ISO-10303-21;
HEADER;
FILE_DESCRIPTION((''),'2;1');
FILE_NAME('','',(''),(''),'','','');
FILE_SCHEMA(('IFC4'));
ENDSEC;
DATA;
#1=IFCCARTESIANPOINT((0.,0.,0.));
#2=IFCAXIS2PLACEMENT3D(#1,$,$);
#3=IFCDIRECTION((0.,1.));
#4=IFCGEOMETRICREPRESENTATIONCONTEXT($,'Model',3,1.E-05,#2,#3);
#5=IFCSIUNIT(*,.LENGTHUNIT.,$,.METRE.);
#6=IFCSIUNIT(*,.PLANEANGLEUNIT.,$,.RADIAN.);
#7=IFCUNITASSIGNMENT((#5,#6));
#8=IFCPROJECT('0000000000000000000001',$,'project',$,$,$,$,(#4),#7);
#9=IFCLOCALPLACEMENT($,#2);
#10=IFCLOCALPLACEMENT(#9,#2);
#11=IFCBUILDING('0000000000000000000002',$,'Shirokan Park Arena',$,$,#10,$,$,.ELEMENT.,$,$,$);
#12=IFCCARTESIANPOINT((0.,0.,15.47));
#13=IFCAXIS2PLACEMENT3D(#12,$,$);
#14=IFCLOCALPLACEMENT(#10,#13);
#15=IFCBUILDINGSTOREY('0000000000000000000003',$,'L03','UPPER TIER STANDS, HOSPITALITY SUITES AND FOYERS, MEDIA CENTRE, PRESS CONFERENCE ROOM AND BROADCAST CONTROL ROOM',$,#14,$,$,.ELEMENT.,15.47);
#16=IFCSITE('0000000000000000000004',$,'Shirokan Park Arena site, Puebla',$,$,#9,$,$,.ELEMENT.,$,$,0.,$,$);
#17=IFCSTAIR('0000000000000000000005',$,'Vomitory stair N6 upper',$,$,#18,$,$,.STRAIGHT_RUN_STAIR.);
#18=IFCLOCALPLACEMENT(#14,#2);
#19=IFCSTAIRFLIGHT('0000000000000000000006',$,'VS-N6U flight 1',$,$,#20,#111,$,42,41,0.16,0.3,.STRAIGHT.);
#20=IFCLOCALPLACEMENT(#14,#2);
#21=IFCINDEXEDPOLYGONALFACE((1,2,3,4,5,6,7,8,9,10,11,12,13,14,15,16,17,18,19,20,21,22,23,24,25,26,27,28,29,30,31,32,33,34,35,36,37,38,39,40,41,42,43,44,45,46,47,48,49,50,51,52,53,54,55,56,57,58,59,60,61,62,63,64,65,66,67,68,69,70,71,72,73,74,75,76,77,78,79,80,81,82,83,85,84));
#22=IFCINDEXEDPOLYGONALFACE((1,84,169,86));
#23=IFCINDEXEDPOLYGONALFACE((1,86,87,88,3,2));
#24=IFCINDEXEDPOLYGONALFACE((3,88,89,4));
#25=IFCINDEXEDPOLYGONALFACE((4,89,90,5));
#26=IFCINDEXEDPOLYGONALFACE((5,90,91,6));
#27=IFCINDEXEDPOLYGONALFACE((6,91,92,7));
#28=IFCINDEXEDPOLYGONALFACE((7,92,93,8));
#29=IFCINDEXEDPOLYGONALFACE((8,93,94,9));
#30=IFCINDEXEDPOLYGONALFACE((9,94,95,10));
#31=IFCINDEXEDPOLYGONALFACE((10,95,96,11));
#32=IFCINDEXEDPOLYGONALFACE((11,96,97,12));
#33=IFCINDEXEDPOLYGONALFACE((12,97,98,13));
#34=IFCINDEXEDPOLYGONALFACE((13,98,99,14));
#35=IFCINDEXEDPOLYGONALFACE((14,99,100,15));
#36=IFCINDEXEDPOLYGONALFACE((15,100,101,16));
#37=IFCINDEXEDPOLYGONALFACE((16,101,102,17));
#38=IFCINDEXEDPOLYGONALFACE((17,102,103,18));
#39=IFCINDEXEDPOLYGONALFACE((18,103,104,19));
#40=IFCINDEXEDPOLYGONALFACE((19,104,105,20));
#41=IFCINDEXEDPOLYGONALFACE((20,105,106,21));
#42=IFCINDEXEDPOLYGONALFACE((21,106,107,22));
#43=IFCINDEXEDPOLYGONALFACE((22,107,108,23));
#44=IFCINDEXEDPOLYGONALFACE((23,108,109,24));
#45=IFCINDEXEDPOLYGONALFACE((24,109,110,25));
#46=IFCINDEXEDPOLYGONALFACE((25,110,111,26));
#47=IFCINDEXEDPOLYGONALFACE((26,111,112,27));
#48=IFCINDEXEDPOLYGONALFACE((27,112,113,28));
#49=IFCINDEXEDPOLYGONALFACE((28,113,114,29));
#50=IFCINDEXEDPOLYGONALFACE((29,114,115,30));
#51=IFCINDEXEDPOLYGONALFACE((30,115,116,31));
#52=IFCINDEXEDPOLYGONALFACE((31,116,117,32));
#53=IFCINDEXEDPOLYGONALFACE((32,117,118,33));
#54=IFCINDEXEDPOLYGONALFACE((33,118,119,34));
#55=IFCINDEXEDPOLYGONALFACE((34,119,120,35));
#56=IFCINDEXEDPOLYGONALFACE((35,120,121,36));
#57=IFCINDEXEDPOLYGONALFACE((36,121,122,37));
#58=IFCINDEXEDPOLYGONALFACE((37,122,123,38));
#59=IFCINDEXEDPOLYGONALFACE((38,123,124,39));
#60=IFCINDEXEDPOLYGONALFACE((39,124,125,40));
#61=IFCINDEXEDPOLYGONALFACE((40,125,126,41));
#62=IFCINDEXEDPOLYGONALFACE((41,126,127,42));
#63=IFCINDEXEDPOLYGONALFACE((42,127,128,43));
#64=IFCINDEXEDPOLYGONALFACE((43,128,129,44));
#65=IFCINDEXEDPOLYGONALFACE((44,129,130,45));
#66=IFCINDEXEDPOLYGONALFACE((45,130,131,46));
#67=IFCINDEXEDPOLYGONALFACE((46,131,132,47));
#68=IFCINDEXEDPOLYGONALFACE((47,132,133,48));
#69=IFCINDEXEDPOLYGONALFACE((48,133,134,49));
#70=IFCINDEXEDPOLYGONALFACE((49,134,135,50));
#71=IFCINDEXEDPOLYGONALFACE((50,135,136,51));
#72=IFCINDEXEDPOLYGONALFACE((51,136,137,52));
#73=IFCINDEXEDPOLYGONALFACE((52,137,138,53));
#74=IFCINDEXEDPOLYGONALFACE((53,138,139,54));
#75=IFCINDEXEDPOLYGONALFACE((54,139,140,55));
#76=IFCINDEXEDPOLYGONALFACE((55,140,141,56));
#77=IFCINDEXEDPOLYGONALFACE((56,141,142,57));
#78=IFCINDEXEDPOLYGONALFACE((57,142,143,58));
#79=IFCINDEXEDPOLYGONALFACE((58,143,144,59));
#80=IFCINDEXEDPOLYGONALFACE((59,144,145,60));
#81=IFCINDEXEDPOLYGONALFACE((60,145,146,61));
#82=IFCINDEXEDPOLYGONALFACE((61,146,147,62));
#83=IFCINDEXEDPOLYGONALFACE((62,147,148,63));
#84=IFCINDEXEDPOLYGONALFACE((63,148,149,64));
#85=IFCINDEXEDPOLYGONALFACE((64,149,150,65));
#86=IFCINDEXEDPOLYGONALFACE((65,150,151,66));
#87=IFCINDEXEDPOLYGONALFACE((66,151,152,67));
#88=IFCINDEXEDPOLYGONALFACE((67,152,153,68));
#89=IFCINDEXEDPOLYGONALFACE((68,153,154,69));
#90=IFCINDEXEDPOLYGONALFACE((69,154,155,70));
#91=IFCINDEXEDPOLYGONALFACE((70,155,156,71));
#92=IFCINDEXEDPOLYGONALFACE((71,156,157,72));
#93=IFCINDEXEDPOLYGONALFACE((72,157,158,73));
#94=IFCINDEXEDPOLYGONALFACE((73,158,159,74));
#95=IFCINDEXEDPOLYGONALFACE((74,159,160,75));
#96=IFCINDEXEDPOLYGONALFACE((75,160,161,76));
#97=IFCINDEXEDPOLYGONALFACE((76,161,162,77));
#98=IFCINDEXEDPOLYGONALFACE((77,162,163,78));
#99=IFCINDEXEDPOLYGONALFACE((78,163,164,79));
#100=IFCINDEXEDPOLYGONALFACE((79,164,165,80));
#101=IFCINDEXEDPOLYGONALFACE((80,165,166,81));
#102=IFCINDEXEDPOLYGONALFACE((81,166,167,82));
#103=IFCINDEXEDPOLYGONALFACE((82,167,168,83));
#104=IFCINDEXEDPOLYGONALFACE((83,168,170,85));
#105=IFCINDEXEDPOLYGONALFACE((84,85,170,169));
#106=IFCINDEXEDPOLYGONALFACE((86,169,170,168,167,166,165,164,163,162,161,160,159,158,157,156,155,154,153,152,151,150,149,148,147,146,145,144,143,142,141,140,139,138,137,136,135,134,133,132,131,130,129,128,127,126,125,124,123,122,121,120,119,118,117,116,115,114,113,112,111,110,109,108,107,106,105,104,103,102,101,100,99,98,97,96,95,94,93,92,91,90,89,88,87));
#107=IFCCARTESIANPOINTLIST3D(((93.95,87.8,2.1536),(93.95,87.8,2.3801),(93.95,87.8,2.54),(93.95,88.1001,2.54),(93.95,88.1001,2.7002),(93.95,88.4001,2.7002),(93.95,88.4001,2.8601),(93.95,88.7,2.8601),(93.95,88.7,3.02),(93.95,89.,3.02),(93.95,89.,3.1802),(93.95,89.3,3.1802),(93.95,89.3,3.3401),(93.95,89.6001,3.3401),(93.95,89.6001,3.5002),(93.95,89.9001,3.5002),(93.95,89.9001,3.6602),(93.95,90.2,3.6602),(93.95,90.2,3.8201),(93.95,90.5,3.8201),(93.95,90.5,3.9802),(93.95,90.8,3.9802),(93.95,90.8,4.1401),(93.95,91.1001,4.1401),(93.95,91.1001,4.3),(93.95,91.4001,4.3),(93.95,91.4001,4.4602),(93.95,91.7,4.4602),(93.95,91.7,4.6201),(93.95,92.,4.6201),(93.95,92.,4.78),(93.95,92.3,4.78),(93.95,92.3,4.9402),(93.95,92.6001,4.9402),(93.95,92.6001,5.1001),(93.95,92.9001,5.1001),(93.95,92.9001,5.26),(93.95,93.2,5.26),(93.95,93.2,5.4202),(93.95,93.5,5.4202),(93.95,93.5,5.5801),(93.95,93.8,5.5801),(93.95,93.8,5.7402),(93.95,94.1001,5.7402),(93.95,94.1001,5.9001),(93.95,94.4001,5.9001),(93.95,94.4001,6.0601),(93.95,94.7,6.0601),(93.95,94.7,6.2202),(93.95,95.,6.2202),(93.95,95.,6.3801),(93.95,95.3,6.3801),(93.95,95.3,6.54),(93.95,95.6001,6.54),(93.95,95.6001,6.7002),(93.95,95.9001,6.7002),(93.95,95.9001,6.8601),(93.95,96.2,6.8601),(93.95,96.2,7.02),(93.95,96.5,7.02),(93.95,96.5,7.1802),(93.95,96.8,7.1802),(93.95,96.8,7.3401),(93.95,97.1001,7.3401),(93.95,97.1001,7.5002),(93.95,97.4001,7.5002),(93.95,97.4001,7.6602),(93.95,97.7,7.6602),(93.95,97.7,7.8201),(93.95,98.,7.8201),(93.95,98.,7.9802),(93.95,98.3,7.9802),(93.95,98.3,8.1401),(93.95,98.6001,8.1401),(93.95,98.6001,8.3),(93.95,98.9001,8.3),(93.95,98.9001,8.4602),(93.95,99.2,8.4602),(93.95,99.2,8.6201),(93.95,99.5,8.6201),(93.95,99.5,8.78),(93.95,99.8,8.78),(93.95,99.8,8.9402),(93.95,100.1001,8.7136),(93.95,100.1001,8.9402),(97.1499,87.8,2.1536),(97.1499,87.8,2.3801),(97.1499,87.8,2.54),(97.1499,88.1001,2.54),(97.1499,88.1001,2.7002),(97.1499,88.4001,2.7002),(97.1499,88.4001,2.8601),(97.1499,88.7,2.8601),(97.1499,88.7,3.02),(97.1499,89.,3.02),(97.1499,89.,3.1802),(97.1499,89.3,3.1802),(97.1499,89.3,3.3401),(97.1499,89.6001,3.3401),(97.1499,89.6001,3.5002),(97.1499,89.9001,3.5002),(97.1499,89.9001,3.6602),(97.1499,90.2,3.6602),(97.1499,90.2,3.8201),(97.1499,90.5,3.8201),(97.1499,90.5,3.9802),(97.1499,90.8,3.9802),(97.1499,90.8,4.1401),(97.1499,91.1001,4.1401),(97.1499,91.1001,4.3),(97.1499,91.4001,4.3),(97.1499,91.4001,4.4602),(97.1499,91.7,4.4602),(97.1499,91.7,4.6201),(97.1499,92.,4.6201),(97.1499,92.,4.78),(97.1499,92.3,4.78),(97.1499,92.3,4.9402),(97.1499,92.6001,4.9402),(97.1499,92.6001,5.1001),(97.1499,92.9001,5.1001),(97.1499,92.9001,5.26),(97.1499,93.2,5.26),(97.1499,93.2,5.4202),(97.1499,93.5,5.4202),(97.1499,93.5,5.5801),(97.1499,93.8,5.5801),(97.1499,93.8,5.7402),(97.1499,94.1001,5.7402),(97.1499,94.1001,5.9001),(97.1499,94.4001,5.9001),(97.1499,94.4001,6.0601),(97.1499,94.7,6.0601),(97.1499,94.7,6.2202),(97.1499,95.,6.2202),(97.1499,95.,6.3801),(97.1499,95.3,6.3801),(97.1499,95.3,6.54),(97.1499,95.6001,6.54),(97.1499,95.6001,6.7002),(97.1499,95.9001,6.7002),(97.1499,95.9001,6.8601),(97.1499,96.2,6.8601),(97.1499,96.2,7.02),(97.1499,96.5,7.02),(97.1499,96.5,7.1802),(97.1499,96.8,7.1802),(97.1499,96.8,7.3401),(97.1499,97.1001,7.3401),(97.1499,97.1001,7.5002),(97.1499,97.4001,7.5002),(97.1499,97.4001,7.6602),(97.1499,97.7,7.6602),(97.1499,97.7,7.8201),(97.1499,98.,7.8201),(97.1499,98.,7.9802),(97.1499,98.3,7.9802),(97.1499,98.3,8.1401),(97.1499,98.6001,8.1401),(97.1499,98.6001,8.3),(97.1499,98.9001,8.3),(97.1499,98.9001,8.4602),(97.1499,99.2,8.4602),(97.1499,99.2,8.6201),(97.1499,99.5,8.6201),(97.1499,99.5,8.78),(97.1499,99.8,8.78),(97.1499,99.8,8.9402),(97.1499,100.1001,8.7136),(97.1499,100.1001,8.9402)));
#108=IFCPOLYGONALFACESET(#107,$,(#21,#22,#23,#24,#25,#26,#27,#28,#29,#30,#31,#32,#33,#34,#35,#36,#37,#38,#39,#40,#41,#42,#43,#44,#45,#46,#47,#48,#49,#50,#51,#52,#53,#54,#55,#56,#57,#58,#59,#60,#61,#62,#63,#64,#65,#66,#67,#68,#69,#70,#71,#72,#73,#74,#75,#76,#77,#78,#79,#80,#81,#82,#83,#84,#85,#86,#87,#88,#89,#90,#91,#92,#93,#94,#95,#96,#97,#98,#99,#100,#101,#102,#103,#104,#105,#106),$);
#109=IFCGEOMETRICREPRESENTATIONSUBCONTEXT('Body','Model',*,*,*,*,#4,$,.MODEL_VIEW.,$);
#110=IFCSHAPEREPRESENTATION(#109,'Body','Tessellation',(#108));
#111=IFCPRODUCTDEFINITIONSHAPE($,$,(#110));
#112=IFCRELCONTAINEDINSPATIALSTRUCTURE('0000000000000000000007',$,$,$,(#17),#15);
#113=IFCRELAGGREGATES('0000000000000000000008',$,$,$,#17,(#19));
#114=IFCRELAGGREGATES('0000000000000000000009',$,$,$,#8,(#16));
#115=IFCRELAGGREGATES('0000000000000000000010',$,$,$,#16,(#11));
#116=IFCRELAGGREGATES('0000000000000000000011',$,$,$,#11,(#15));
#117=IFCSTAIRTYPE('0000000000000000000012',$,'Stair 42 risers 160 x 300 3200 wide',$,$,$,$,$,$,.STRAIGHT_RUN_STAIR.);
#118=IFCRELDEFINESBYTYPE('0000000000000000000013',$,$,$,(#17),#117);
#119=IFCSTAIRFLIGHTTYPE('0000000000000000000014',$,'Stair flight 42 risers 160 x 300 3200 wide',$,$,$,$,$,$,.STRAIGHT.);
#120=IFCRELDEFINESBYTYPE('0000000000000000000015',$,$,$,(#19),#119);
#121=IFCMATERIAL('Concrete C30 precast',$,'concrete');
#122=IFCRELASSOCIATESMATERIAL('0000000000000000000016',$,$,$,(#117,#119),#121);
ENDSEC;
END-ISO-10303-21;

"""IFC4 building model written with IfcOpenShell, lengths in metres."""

from ifc_helpers import new_model, si_unit, direction, frame, origin, place, context, subcontext, project, spatial, polyline, outline, extrude, material, type_object, element, aggregate, save


model = new_model("IFC4")

# Units and contexts
model_context = context("Model", 3, precision=1e-05, world=origin(), true_north=direction((0.0, 1.0)))
body_context = subcontext(model_context, "Body", "Model", "MODEL_VIEW")
ifc_project = project(units=[si_unit("LENGTHUNIT", "METRE"), si_unit("PLANEANGLEUNIT", "RADIAN")], contexts=[model_context])

# Site, building, storey
site_placement = place(None, origin())
site = spatial("IfcSite", under=ifc_project, at=site_placement, Name="Shirokan Park Arena site, Puebla", CompositionType="ELEMENT", RefElevation=0.0)
building_placement = place(site_placement, origin())
building = spatial("IfcBuilding", under=site, at=building_placement, Name="Shirokan Park Arena", CompositionType="ELEMENT")
storey_placement = place(building_placement, frame((0.0, 0.0, 15.47)))
storey = spatial("IfcBuildingStorey", under=building, at=storey_placement, Name="L03", Description="UPPER TIER STANDS, HOSPITALITY SUITES AND FOYERS, MEDIA CENTRE, PRESS CONFERENCE ROOM AND BROADCAST CONTROL ROOM", CompositionType="ELEMENT", Elevation=15.47)

# Stair, stair flight
ifc_material_1 = material(Name="Concrete C30 precast", Category="concrete")
stair_type = type_object("IfcStairType", Name="Stair 42 risers 160 x 300 3200 wide", PredefinedType="STRAIGHT_RUN_STAIR", material=ifc_material_1)
stair_placement = place(storey_placement, origin())
stair = element("IfcStair", 1, at=stair_placement, inside=storey, type_object=stair_type, Name="Vomitory stair N6 upper", PredefinedType="STRAIGHT_RUN_STAIR")
stair_flight_type = type_object("IfcStairFlightType", Name="Stair flight 42 risers 160 x 300 3200 wide", PredefinedType="STRAIGHT", material=ifc_material_1)
stair_flight_placement = place(storey_placement, frame((95.55, 87.8, 2.3801), z_axis=(0.0, 0.0, 1.0), x_axis=(0.0, 1.0, 0.0)))
stair_flight = element("IfcStairFlight", 2, at=stair_flight_placement, type_object=stair_flight_type, Name="VS-N6U flight 1", NumberOfRisers=42, NumberOfTreads=41, PredefinedType="STRAIGHT", RiserHeight=0.16, TreadLength=0.3, context=body_context, shape_type="SweptSolid", body=[
    extrude(outline(polyline([(0.0, -0.2266), (0.0, 0.0), (0.0, 0.1599), (0.3, 0.1599), (0.3, 0.3201), (0.6001, 0.3201), (0.6001, 0.48), (0.8999, 0.48), (0.8999, 0.6399), (1.2, 0.6399), (1.2, 0.8), (1.5, 0.8), (1.5, 0.96), (1.8, 0.96), (1.8, 1.1201), (2.1001, 1.1201), (2.1001, 1.28), (2.3999, 1.28), (2.3999, 1.4399), (2.7, 1.4399), (2.7, 1.6001), (3.0, 1.6001), (3.0, 1.76), (3.3, 1.76), (3.3, 1.9199), (3.6001, 1.9199), (3.6001, 2.0801), (3.8999, 2.0801), (3.8999, 2.24), (4.2, 2.24), (4.2, 2.3999), (4.5, 2.3999), (4.5, 2.5601), (4.8, 2.5601), (4.8, 2.72), (5.1001, 2.72), (5.1001, 2.8799), (5.3999, 2.8799), (5.3999, 3.04), (5.7, 3.04), (5.7, 3.2), (6.0, 3.2), (6.0, 3.3601), (6.3, 3.3601), (6.3, 3.52), (6.6001, 3.52), (6.6001, 3.6799), (6.8999, 3.6799), (6.8999, 3.8401), (7.2, 3.8401), (7.2, 4.0), (7.5, 4.0), (7.5, 4.1599), (7.8, 4.1599), (7.8, 4.3201), (8.1001, 4.3201), (8.1001, 4.48), (8.3999, 4.48), (8.3999, 4.6399), (8.7, 4.6399), (8.7, 4.8), (9.0, 4.8), (9.0, 4.96), (9.3, 4.96), (9.3, 5.1201), (9.6001, 5.1201), (9.6001, 5.28), (9.8999, 5.28), (9.8999, 5.4399), (10.2, 5.4399), (10.2, 5.6001), (10.5, 5.6001), (10.5, 5.76), (10.8, 5.76), (10.8, 5.9199), (11.1001, 5.9199), (11.1001, 6.0801), (11.3999, 6.0801), (11.3999, 6.24), (11.7, 6.24), (11.7, 6.3999), (12.0, 6.3999), (12.0, 6.5601), (12.3, 6.5601), (12.3, 6.72), (12.3, 6.3335), (0.0, -0.2266)])), frame((0.0, 1.6001, 0.0), z_axis=(0.0, -1.0, 0.0), x_axis=(1.0, 0.0, 0.0)), (0.0, 0.0, 1.0), 3.2),
])
aggregate(stair, [stair_flight])

save(model, "model.ifc")
